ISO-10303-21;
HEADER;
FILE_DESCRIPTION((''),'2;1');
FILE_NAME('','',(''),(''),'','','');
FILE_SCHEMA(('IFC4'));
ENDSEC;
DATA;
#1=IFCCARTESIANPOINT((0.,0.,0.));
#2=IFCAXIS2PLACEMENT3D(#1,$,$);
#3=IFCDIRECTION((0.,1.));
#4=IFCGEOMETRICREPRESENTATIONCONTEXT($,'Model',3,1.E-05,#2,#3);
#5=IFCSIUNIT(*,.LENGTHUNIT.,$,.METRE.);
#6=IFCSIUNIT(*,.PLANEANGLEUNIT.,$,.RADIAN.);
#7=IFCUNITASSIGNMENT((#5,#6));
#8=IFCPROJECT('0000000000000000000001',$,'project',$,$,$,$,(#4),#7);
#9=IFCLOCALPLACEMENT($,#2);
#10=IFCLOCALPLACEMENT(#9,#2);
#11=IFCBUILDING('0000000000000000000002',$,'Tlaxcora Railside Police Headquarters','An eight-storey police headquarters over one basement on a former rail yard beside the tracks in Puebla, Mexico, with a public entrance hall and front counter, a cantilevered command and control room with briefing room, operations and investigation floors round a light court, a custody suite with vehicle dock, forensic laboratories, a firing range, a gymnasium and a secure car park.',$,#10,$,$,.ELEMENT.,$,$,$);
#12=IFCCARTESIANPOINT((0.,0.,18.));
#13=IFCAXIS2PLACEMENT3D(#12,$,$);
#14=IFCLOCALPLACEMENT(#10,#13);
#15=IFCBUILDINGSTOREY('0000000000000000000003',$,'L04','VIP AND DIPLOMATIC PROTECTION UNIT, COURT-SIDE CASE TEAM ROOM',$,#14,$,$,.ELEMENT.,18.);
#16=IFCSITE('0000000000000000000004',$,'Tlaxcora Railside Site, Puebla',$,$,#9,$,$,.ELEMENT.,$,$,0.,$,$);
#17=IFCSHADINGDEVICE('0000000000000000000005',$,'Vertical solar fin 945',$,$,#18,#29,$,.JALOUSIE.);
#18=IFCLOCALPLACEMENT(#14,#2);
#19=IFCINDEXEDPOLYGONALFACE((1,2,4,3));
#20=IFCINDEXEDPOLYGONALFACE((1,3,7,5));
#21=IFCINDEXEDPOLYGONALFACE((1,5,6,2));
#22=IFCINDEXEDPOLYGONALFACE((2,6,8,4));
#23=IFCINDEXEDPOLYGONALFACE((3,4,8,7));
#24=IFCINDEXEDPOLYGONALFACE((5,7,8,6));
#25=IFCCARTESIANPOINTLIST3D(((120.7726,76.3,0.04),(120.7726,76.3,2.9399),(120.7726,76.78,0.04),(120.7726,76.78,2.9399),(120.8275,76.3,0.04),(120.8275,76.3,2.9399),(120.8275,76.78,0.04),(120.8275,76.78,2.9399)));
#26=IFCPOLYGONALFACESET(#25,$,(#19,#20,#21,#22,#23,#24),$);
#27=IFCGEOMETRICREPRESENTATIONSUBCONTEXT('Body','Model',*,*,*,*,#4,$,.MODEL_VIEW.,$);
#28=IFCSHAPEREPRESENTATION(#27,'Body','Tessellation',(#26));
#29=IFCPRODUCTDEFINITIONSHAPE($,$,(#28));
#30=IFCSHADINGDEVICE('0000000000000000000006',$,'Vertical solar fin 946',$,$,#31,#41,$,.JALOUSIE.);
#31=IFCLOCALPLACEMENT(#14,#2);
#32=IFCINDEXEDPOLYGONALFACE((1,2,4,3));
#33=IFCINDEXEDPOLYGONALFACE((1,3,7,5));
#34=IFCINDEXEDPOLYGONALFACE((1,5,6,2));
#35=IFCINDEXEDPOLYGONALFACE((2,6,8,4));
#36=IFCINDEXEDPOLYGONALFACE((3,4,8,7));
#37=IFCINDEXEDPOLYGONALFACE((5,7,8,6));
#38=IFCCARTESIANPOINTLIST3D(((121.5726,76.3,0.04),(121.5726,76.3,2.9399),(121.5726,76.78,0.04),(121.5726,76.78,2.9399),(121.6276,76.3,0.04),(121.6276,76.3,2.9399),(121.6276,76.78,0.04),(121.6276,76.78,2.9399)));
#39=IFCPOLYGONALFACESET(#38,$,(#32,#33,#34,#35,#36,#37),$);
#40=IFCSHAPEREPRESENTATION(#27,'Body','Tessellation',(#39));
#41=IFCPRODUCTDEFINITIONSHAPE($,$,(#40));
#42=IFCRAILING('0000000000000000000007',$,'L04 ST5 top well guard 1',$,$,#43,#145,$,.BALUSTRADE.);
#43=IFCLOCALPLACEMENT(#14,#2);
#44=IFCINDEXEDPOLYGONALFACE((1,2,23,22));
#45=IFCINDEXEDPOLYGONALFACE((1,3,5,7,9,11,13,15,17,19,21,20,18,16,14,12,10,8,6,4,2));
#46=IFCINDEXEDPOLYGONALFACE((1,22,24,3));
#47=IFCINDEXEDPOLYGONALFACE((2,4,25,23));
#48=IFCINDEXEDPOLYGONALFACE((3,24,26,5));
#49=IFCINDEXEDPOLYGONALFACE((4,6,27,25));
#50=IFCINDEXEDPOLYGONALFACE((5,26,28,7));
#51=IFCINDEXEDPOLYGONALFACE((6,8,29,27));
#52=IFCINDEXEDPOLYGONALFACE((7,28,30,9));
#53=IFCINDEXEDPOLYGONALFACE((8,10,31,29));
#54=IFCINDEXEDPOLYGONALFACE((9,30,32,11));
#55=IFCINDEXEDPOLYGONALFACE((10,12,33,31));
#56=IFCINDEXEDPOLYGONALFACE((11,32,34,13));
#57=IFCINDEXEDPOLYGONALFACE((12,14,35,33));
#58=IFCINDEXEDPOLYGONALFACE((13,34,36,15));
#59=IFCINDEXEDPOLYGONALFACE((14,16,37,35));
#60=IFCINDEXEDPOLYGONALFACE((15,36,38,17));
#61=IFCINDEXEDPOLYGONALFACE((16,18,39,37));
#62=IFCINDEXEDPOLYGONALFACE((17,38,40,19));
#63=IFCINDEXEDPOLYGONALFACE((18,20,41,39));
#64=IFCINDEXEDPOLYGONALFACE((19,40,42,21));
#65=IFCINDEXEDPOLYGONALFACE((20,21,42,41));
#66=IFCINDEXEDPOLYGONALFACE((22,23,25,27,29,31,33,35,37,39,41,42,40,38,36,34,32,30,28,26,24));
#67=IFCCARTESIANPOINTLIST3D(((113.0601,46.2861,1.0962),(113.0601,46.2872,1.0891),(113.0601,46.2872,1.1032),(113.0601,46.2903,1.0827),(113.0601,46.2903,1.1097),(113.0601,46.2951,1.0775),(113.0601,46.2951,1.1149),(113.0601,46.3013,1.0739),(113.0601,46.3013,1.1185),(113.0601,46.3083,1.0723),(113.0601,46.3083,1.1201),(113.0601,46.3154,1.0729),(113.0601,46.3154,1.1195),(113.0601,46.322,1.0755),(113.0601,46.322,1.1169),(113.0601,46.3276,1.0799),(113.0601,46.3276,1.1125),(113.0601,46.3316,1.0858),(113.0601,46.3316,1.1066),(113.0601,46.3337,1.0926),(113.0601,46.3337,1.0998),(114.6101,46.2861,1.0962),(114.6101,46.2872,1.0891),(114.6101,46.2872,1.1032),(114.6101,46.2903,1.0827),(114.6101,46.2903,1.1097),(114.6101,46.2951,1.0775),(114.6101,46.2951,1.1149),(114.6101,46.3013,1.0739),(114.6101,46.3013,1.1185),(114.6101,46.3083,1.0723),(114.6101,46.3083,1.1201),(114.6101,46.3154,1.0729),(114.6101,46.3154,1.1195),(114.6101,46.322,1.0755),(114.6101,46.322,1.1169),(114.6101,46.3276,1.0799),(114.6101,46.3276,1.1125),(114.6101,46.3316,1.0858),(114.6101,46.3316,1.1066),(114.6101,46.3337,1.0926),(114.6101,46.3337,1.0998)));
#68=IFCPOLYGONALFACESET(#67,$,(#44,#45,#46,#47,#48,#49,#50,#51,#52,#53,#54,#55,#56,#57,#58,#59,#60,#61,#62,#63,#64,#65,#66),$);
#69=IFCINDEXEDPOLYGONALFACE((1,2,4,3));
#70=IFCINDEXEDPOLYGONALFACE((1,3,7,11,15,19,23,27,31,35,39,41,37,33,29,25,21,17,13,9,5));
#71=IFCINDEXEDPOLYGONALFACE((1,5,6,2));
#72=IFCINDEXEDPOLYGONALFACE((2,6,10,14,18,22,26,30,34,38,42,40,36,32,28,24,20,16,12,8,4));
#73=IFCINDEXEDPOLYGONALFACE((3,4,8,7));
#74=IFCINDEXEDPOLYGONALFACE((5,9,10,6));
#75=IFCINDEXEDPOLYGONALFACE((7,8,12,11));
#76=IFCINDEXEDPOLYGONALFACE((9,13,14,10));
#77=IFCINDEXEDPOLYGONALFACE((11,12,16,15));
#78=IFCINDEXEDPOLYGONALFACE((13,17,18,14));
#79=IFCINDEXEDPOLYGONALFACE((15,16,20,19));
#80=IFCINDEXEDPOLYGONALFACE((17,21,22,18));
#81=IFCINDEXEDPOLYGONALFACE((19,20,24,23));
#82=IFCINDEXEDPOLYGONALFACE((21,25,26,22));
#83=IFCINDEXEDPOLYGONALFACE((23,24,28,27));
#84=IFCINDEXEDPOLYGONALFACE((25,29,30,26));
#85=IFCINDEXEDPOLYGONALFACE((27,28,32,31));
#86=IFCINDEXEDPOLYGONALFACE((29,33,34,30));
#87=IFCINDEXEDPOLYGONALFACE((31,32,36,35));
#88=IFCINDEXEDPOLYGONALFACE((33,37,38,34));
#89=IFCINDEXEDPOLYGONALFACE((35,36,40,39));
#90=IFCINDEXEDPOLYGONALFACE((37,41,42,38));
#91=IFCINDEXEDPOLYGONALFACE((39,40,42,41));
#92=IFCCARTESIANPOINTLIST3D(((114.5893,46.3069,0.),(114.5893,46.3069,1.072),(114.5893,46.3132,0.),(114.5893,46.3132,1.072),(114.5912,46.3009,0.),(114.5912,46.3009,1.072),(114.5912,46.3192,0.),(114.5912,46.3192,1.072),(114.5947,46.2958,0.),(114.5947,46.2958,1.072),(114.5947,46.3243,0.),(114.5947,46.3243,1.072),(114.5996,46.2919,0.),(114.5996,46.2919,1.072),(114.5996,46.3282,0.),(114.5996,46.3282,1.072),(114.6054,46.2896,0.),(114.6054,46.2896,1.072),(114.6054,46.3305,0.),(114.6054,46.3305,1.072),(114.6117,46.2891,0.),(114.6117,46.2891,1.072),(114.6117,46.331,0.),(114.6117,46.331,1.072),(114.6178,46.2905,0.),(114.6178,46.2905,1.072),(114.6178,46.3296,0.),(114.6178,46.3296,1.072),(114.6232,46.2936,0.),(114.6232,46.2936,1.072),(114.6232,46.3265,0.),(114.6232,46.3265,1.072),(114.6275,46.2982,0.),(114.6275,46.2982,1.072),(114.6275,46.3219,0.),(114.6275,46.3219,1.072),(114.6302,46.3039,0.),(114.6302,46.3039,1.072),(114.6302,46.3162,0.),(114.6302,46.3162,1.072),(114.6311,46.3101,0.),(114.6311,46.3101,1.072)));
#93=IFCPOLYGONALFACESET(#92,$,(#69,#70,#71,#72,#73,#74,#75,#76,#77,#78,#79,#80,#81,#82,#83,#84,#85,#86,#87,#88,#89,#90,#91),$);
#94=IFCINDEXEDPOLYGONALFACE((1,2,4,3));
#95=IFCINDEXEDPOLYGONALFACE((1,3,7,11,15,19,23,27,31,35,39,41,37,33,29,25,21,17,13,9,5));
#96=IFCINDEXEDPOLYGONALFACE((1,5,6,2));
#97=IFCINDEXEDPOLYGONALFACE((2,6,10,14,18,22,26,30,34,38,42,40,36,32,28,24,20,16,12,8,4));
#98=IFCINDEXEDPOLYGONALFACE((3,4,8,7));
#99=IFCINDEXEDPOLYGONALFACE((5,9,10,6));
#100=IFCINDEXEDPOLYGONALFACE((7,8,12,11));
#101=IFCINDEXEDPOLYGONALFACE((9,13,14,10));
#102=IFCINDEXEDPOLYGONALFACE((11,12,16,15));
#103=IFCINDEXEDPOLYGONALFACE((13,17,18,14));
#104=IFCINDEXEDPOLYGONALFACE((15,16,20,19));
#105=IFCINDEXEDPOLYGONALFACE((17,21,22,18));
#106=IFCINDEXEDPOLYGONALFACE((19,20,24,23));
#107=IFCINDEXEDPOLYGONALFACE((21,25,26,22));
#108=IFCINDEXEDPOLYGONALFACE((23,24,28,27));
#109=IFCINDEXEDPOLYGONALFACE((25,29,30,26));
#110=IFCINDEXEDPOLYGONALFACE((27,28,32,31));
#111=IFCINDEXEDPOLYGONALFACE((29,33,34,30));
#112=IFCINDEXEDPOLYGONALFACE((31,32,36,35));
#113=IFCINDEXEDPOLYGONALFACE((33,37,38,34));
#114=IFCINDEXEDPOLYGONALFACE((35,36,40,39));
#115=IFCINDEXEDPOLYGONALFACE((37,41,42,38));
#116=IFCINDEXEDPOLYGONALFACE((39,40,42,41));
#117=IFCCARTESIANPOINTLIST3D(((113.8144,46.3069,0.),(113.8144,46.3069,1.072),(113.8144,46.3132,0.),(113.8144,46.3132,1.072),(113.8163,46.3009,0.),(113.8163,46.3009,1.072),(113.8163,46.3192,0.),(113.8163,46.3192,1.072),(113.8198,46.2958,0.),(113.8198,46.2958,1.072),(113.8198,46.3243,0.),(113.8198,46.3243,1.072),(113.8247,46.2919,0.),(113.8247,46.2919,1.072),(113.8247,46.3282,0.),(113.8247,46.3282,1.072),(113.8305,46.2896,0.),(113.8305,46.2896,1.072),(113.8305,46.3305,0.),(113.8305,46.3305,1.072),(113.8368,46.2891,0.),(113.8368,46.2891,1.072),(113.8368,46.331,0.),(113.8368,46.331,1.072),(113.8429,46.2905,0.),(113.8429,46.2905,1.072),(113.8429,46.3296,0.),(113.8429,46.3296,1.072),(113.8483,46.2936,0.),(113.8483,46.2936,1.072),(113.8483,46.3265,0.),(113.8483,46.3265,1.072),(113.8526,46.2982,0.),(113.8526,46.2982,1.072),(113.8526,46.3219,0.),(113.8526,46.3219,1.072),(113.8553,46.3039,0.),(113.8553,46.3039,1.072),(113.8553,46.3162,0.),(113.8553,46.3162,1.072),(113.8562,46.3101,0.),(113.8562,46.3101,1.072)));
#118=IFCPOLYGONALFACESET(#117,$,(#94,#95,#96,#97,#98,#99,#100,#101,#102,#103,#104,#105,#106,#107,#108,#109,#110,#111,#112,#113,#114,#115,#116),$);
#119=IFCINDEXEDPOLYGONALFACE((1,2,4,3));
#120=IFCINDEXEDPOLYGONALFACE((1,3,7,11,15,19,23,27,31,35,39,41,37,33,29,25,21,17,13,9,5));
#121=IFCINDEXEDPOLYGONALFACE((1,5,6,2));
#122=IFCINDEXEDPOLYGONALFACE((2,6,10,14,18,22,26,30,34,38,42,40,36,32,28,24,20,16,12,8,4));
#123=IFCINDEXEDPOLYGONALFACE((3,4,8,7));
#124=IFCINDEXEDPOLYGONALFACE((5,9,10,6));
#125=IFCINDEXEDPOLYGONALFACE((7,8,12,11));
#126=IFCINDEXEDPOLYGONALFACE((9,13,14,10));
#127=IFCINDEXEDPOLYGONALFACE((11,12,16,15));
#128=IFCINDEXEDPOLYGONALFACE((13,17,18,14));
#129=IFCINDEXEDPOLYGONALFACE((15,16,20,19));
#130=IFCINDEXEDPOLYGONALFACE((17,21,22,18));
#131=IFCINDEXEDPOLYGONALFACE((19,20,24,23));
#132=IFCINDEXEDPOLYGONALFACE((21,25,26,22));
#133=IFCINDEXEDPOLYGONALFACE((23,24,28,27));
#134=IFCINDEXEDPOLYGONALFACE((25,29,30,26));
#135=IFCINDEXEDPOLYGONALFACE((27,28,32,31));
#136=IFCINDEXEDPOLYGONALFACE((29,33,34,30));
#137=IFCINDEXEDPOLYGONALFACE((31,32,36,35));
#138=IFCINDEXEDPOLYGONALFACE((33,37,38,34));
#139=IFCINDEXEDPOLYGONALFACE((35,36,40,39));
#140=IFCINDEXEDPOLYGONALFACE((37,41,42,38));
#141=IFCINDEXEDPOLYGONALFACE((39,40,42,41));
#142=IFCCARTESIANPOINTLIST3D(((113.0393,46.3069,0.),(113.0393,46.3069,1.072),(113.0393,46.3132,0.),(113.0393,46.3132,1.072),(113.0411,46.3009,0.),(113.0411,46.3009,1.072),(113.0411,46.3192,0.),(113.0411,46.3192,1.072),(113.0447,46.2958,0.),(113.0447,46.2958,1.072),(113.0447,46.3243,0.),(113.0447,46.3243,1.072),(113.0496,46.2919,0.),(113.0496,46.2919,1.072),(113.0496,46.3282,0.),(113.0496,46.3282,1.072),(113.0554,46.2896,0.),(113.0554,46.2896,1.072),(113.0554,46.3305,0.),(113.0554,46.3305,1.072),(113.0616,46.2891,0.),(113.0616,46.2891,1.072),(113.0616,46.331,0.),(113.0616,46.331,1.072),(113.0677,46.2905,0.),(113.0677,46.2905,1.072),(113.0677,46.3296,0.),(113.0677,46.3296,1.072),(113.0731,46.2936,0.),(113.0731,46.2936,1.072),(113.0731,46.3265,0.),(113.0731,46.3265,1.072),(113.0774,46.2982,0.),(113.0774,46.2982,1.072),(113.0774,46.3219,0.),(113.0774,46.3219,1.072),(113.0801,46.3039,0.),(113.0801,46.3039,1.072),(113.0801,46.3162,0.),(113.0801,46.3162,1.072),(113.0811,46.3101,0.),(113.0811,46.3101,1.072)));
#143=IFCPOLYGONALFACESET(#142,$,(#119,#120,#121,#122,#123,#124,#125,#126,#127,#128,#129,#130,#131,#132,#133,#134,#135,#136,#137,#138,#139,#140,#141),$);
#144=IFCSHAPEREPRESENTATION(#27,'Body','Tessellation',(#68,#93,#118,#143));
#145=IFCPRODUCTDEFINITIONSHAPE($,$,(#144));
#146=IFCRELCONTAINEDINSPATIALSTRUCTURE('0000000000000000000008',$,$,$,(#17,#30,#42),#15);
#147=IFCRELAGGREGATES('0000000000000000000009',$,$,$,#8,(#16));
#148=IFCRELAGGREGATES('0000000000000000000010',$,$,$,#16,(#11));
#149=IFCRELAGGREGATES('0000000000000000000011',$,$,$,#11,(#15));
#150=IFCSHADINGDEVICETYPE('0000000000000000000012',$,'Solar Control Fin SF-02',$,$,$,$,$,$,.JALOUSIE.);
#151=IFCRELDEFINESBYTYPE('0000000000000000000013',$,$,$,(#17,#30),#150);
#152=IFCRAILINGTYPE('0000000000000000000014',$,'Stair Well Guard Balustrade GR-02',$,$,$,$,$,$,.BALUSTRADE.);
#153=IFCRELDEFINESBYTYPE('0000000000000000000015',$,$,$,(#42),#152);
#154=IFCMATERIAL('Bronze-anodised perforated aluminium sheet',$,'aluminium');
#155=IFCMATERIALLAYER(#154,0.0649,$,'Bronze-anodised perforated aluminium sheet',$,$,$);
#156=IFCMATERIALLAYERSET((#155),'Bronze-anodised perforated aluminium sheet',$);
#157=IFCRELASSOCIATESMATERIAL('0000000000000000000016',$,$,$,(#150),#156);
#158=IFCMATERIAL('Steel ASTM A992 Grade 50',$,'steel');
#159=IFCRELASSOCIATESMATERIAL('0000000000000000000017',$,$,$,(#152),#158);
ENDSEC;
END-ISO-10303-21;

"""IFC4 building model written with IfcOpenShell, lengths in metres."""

from ifc_helpers import new_model, si_unit, direction, frame, origin, origin_2d, place, context, subcontext, project, spatial, rectangle, circle, extrude, material, layer, layer_set, type_object, element, save


model = new_model("IFC4")

# Units and contexts
model_context = context("Model", 3, precision=1e-05, world=origin(), true_north=direction((0.0, 1.0)))
body_context = subcontext(model_context, "Body", "Model", "MODEL_VIEW")
ifc_project = project(units=[si_unit("LENGTHUNIT", "METRE"), si_unit("PLANEANGLEUNIT", "RADIAN")], contexts=[model_context])

# Site, building, storey
site_placement = place(None, origin())
site = spatial("IfcSite", under=ifc_project, at=site_placement, Name="Tlaxcora Railside Site, Puebla", CompositionType="ELEMENT", RefElevation=0.0)
building_placement = place(site_placement, origin())
building = spatial("IfcBuilding", under=site, at=building_placement, Name="Tlaxcora Railside Police Headquarters", Description="An eight-storey police headquarters over one basement on a former rail yard beside the tracks in Puebla, Mexico, with a public entrance hall and front counter, a cantilevered command and control room with briefing room, operations and investigation floors round a light court, a custody suite with vehicle dock, forensic laboratories, a firing range, a gymnasium and a secure car park.", CompositionType="ELEMENT")
storey_placement = place(building_placement, frame((0.0, 0.0, 18.0)))
storey = spatial("IfcBuildingStorey", under=building, at=storey_placement, Name="L04", Description="VIP AND DIPLOMATIC PROTECTION UNIT, COURT-SIDE CASE TEAM ROOM", CompositionType="ELEMENT", Elevation=18.0)

# Shading devices
ifc_material_1 = material(Name="Bronze-anodised perforated aluminium sheet", Category="aluminium")
ifc_layer_1 = layer(ifc_material_1, 0.0649, Name="Bronze-anodised perforated aluminium sheet")
ifc_layer_set_1 = layer_set([ifc_layer_1], Name="Bronze-anodised perforated aluminium sheet")
shading_device_type = type_object("IfcShadingDeviceType", Name="Solar Control Fin SF-02", PredefinedType="JALOUSIE", material=ifc_layer_set_1)
for number, where, z_axis, x_axis, name in (
    (1, (120.8, 76.54, 0.04), (0.0, 0.0, 1.0), (0.0, -1.0, 0.0), "Vertical solar fin 945"),
    (2, (121.6001, 76.54, 0.04), (0.0, 0.0, 1.0), (0.0, -1.0, 0.0), "Vertical solar fin 946"),
):
    element("IfcShadingDevice", number, at=place(storey_placement, frame(where, z_axis=z_axis, x_axis=x_axis)), inside=storey, type_object=shading_device_type, Name=name, PredefinedType="JALOUSIE", context=body_context, shape_type="SweptSolid", body=[
        extrude(rectangle(XDim=0.48, YDim=0.0549, at=origin_2d()), origin(), (0.0, 0.0, 1.0), 2.8999),
    ])

# Railing
ifc_material_2 = material(Name="Steel ASTM A992 Grade 50", Category="steel")
railing_type = type_object("IfcRailingType", Name="Stair Well Guard Balustrade GR-02", PredefinedType="BALUSTRADE", material=ifc_material_2)
railing_placement = place(storey_placement, frame((114.6101, 46.3101, 0.0)))
element("IfcRailing", 3, at=railing_placement, inside=storey, type_object=railing_type, Name="L04 ST5 top well guard 1", PredefinedType="BALUSTRADE", context=body_context, shape_type="SweptSolid", body=[
    extrude(circle(Radius=0.0239, at=origin_2d()), frame((0.0, 0.0, 1.0962), z_axis=(-1.0, 0.0, 0.0), x_axis=(0.0, -1.0, 0.0)), (0.0, 0.0, 1.0), 1.55),
    extrude(circle(Radius=0.021, at=origin_2d()), origin(), (0.0, 0.0, 1.0), 1.072),
    extrude(circle(Radius=0.021, at=origin_2d()), frame((-0.7749, 0.0, 0.0)), (0.0, 0.0, 1.0), 1.072),
    extrude(circle(Radius=0.021, at=origin_2d()), frame((-1.55, 0.0, 0.0)), (0.0, 0.0, 1.0), 1.072),
])

save(model, "model.ifc")
